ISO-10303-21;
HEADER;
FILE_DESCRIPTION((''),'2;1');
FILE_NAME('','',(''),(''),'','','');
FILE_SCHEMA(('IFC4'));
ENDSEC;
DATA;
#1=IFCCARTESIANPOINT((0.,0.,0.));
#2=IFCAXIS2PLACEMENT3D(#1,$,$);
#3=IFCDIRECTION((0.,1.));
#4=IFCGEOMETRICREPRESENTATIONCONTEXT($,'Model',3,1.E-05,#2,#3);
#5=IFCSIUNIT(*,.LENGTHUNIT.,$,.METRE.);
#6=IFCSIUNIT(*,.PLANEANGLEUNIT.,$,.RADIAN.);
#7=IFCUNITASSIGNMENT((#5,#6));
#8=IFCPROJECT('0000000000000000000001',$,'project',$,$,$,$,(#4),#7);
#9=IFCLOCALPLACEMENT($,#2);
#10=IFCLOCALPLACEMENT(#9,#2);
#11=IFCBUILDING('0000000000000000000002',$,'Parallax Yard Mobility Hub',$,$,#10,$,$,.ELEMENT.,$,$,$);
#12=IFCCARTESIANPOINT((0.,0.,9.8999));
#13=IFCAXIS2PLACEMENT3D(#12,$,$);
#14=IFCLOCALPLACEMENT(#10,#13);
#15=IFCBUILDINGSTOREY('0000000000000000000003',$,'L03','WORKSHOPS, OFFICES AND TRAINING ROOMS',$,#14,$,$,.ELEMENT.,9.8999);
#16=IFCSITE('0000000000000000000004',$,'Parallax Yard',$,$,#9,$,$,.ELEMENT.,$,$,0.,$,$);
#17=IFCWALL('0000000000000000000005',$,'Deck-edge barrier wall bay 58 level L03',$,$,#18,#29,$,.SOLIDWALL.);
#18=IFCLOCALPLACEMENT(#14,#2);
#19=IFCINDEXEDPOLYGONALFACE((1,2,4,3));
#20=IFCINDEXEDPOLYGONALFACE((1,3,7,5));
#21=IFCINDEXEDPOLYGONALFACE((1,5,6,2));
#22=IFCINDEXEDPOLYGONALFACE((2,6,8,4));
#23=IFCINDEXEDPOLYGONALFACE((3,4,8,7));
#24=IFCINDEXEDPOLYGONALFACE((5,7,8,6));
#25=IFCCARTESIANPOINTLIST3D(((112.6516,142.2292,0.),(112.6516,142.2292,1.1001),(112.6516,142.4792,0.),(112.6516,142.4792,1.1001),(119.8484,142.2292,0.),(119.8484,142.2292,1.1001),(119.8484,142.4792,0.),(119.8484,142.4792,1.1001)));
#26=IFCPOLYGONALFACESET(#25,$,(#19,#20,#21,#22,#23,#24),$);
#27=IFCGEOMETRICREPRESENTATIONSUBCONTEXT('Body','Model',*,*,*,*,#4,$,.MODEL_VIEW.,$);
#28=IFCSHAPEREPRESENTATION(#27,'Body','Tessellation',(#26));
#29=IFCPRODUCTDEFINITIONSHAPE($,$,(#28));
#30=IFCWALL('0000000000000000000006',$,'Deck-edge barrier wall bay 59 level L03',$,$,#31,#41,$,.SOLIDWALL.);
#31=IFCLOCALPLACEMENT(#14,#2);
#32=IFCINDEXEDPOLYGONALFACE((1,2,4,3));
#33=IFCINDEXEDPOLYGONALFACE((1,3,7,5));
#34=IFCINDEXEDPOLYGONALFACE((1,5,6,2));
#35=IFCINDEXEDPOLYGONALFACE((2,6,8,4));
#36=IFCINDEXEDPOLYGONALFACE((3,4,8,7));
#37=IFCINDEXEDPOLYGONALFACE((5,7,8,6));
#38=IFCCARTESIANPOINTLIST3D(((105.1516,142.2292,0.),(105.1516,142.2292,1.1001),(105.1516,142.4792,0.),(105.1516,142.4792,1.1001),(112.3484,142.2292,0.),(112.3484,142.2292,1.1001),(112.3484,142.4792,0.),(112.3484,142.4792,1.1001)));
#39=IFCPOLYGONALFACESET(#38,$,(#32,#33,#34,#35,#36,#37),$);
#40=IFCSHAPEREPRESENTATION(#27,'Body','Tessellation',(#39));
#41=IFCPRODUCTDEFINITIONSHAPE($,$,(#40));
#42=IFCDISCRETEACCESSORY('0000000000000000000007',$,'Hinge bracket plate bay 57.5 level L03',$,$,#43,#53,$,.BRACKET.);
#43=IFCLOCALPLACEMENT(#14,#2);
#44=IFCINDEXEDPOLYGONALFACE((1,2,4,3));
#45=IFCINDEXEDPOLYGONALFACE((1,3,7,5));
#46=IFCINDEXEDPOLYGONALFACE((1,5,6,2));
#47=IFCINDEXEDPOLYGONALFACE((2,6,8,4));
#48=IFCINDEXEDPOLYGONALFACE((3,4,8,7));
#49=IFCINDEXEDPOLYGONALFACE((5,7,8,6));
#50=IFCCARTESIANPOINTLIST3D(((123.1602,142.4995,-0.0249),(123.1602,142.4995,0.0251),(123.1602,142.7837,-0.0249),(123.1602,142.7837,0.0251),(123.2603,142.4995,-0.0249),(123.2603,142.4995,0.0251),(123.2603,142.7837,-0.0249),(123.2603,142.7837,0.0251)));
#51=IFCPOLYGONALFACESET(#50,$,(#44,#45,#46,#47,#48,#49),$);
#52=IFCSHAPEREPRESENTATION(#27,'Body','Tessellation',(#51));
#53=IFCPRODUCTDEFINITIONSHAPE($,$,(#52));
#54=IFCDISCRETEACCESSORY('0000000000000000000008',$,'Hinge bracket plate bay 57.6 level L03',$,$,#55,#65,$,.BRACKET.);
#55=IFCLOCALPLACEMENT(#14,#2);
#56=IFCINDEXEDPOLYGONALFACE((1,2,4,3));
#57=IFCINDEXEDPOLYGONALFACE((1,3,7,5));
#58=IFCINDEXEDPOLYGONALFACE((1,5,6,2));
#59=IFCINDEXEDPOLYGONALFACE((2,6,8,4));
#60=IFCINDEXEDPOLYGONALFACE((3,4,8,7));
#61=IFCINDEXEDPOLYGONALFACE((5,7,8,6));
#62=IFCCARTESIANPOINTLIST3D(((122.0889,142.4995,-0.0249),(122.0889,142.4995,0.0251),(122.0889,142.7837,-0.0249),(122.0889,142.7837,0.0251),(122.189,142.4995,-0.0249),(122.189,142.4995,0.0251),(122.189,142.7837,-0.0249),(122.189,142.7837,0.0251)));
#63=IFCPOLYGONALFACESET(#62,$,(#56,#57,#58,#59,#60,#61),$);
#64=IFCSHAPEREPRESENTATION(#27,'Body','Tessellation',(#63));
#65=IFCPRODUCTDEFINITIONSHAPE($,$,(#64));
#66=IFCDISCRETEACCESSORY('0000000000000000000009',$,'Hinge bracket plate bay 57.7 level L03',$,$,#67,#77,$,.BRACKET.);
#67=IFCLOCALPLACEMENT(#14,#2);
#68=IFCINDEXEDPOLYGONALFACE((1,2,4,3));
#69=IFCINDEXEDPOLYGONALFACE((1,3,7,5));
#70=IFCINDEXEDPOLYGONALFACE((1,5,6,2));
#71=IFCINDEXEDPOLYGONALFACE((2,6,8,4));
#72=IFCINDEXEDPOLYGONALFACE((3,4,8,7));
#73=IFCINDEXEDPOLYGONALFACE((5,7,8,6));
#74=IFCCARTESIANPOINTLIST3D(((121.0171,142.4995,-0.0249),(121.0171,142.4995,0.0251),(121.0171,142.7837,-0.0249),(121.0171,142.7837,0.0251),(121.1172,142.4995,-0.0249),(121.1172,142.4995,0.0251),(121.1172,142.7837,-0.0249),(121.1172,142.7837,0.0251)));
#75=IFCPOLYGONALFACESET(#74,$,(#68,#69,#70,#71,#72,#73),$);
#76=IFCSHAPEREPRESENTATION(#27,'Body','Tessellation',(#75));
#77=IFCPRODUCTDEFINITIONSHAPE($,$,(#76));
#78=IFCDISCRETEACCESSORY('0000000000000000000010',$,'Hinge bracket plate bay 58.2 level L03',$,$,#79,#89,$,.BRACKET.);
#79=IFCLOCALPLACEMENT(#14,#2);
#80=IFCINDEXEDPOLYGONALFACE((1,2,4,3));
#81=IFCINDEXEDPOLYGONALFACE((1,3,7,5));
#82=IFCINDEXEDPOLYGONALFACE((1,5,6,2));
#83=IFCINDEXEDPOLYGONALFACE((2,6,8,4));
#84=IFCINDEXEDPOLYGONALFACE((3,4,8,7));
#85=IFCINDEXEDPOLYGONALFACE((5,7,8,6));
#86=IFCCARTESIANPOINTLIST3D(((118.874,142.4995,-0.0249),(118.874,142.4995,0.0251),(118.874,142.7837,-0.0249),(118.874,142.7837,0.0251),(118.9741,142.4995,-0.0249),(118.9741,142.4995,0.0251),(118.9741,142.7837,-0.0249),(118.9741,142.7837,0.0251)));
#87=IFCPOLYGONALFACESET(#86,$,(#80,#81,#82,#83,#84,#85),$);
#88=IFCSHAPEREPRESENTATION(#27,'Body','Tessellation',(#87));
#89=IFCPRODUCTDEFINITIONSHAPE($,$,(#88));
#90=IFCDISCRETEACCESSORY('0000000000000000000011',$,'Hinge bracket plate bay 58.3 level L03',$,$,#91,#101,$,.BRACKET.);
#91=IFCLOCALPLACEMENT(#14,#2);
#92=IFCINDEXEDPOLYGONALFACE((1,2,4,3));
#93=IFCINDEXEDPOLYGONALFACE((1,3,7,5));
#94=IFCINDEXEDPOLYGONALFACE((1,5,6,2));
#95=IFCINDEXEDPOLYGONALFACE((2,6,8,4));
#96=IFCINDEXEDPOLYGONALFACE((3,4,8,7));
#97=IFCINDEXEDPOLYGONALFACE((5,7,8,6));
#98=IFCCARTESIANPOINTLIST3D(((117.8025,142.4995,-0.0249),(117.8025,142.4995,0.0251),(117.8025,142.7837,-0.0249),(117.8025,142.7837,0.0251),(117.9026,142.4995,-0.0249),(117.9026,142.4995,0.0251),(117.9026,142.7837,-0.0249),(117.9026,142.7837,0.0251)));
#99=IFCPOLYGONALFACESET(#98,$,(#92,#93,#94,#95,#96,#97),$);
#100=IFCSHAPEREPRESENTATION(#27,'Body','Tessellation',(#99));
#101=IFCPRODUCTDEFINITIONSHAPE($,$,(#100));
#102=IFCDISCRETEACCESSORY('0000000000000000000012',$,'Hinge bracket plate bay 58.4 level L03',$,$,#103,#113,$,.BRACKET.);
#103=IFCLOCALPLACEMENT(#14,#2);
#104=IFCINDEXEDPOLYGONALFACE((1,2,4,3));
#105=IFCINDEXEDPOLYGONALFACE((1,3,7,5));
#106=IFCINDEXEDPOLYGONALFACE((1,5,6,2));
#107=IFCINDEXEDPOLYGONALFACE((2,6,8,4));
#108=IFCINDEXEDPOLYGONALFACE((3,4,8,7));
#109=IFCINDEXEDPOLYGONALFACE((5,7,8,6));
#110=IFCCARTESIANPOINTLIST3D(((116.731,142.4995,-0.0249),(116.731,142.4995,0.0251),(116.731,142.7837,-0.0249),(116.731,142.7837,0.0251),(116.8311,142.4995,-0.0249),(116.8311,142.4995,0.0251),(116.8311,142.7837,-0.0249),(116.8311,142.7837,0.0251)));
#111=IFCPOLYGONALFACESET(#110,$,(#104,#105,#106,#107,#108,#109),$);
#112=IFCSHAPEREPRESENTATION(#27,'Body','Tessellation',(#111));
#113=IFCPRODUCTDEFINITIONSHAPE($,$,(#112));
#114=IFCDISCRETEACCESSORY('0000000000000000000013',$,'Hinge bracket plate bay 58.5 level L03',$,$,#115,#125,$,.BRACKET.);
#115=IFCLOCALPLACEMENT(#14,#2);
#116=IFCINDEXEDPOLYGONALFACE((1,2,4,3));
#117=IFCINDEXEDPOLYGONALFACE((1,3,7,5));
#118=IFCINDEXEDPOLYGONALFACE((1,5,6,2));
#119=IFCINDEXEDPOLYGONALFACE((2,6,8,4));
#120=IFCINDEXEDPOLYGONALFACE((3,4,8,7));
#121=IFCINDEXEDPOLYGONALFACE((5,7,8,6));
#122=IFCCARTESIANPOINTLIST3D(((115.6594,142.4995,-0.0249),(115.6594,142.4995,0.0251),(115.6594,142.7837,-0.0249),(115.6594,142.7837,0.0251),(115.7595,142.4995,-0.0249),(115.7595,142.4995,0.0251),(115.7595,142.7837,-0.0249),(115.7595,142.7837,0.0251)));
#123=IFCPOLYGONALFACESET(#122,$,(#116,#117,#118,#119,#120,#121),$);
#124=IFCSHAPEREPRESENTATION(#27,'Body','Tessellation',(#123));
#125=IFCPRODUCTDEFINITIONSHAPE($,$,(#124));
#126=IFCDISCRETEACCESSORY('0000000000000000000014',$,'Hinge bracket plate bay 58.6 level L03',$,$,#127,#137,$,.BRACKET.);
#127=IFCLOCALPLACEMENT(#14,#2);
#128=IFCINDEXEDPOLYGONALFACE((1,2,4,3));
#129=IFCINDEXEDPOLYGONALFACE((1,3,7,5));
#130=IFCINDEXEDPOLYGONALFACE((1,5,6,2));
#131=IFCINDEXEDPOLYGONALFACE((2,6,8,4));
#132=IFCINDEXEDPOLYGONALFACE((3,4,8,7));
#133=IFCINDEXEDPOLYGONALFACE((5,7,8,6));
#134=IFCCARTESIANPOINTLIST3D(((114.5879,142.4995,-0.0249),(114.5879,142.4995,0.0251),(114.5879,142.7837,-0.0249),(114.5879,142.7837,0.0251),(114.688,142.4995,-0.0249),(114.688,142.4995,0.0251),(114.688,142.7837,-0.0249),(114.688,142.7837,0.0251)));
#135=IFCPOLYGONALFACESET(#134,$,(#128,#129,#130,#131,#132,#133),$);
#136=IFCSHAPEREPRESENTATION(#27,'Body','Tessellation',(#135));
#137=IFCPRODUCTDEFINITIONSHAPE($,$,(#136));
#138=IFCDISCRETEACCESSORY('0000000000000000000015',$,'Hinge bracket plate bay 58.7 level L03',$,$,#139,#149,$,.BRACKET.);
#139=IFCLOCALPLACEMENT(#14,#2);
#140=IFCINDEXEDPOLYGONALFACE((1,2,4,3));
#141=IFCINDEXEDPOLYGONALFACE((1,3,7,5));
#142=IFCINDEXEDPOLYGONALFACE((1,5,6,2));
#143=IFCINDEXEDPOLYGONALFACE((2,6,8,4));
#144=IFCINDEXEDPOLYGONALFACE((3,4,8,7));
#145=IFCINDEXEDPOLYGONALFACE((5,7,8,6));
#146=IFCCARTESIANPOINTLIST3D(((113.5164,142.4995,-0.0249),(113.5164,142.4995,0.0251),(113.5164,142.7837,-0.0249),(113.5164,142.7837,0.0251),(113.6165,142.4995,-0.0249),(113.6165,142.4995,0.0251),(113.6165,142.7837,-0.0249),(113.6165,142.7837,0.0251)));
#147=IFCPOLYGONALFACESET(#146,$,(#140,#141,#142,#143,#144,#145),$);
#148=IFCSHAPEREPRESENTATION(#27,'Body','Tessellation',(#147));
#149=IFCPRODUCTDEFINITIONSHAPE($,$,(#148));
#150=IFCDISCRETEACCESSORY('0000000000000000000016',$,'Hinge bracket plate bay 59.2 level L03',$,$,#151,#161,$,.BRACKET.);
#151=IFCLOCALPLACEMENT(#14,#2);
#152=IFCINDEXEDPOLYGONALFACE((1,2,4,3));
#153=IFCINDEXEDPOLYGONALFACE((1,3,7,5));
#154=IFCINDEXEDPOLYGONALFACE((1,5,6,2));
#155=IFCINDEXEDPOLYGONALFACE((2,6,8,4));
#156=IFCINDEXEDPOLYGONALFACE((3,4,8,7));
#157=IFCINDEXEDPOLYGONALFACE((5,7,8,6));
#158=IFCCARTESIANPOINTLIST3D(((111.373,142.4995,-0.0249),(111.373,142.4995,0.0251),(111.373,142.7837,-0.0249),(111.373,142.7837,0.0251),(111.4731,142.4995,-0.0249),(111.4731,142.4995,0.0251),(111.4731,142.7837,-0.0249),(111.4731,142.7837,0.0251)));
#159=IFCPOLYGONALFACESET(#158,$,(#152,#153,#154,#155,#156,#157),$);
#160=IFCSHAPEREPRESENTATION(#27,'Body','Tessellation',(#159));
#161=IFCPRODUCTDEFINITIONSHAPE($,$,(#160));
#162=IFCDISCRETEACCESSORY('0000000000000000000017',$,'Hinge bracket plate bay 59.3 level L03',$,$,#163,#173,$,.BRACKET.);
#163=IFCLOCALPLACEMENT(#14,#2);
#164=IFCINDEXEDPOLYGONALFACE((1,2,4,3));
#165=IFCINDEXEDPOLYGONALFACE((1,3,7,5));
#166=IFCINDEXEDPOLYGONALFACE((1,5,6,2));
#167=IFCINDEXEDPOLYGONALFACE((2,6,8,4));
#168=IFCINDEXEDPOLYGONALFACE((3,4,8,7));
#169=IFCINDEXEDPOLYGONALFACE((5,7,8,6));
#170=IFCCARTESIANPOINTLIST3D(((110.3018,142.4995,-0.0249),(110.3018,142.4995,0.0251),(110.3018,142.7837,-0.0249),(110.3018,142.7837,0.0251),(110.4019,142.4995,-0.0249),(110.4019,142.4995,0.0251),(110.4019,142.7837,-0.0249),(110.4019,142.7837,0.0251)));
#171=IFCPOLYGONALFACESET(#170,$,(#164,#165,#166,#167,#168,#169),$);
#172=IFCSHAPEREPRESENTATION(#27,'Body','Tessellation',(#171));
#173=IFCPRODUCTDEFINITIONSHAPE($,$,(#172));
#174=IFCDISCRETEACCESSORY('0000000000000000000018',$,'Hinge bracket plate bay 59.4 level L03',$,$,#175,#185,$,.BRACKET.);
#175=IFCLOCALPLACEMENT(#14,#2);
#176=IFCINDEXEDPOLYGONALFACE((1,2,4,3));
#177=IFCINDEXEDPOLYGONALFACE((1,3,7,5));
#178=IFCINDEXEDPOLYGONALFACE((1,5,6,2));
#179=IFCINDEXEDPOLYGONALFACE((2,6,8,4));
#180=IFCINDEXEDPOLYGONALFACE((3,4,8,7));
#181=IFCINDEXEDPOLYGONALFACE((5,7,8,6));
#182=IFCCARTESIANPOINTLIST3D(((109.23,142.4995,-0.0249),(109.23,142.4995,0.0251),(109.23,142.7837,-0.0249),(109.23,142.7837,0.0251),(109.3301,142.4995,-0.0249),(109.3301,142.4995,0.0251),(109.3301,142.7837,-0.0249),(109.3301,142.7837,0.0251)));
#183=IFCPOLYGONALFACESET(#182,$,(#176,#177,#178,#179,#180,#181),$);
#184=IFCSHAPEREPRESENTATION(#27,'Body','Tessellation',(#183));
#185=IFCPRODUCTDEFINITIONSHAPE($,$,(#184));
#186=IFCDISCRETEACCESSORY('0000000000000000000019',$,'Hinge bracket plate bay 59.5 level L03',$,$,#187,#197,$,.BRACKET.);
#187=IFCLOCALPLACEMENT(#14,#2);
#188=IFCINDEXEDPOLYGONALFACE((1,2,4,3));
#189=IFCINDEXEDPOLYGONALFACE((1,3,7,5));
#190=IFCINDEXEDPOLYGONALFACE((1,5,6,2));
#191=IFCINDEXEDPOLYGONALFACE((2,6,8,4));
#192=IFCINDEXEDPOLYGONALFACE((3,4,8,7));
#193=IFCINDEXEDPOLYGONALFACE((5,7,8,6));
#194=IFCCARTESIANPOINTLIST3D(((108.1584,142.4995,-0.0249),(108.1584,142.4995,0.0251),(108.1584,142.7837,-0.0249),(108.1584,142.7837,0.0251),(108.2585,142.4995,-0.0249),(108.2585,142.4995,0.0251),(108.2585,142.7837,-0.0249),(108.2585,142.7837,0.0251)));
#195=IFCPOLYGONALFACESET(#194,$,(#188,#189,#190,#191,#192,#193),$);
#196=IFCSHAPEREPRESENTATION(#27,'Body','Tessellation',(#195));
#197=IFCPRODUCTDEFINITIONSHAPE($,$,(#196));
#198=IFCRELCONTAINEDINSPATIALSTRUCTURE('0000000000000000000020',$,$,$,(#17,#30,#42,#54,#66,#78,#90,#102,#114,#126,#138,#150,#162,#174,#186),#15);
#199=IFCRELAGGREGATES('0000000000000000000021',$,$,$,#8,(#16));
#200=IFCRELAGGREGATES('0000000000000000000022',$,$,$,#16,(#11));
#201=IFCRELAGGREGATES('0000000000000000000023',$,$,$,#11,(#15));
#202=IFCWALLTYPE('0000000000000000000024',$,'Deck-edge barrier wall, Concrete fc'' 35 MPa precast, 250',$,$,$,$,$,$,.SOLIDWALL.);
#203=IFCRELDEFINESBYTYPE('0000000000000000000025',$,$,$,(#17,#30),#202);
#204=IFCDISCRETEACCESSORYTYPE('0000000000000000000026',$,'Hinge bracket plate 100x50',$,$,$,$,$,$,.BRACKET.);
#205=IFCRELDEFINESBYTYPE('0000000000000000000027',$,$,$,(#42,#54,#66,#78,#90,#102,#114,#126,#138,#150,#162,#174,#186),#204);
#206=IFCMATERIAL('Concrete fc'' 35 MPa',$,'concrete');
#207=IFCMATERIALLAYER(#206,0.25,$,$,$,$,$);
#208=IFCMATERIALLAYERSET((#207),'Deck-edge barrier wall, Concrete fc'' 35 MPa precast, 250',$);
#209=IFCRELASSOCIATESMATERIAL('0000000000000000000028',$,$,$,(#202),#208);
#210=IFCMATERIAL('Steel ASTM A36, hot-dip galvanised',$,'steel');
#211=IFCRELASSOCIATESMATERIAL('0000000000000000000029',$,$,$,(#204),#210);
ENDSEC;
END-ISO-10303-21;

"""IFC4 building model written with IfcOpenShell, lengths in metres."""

from ifc_helpers import new_model, si_unit, direction, frame, frame_2d, origin, origin_2d, place, context, subcontext, project, spatial, rectangle, extrude, material, layer, layer_set, type_object, element, save


model = new_model("IFC4")

# Units and contexts
model_context = context("Model", 3, precision=1e-05, world=origin(), true_north=direction((0.0, 1.0)))
body_context = subcontext(model_context, "Body", "Model", "MODEL_VIEW")
ifc_project = project(units=[si_unit("LENGTHUNIT", "METRE"), si_unit("PLANEANGLEUNIT", "RADIAN")], contexts=[model_context])

# Site, building, storey
site_placement = place(None, origin())
site = spatial("IfcSite", under=ifc_project, at=site_placement, Name="Parallax Yard", CompositionType="ELEMENT", RefElevation=0.0)
building_placement = place(site_placement, origin())
building = spatial("IfcBuilding", under=site, at=building_placement, Name="Parallax Yard Mobility Hub", CompositionType="ELEMENT")
storey_placement = place(building_placement, frame((0.0, 0.0, 9.8999)))
storey = spatial("IfcBuildingStorey", under=building, at=storey_placement, Name="L03", Description="WORKSHOPS, OFFICES AND TRAINING ROOMS", CompositionType="ELEMENT", Elevation=9.8999)

# Walls
ifc_material_1 = material(Name="Concrete fc' 35 MPa", Category="concrete")
ifc_layer = layer(ifc_material_1, 0.25)
ifc_layer_set = layer_set([ifc_layer], Name="Deck-edge barrier wall, Concrete fc' 35 MPa precast, 250")
wall_type = type_object("IfcWallType", Name="Deck-edge barrier wall, Concrete fc' 35 MPa precast, 250", PredefinedType="SOLIDWALL", material=ifc_layer_set)
for number, where, z_axis, x_axis, name in (
    (1, (119.8484, 142.3542, 0.0), (0.0, 0.0, 1.0), (-1.0, 0.0, 0.0), "Deck-edge barrier wall bay 58 level L03"),
    (2, (112.3484, 142.3542, 0.0), (0.0, 0.0, 1.0), (-1.0, 0.0, 0.0), "Deck-edge barrier wall bay 59 level L03"),
):
    element("IfcWall", number, at=place(storey_placement, frame(where, z_axis=z_axis, x_axis=x_axis)), inside=storey, type_object=wall_type, Name=name, PredefinedType="SOLIDWALL", context=body_context, shape_type="SweptSolid", body=[
        extrude(rectangle(XDim=7.1968, YDim=0.25, at=frame_2d((3.5984, 0.0))), origin(), (0.0, 0.0, 1.0), 1.1001),
    ])

# Discrete accessories
ifc_material_2 = material(Name="Steel ASTM A36, hot-dip galvanised", Category="steel")
discrete_accessory_type = type_object("IfcDiscreteAccessoryType", Name="Hinge bracket plate 100x50", PredefinedType="BRACKET", material=ifc_material_2)
for number, where, z_axis, x_axis, name in (
    (3, (123.2102, 142.6416, -0.0249), (0.0, 0.0, 1.0), (0.0, 1.0, 0.0), "Hinge bracket plate bay 57.5 level L03"),
    (4, (122.1389, 142.6416, -0.0249), (0.0, 0.0, 1.0), (0.0, 1.0, 0.0), "Hinge bracket plate bay 57.6 level L03"),
    (5, (121.0671, 142.6416, -0.0249), (0.0, 0.0, 1.0), (0.0, 1.0, 0.0), "Hinge bracket plate bay 57.7 level L03"),
    (6, (118.9241, 142.6416, -0.0249), (0.0, 0.0, 1.0), (0.0, 1.0, 0.0), "Hinge bracket plate bay 58.2 level L03"),
    (7, (117.8525, 142.6416, -0.0249), (0.0, 0.0, 1.0), (0.0, 1.0, 0.0), "Hinge bracket plate bay 58.3 level L03"),
    (8, (116.781, 142.6416, -0.0249), (0.0, 0.0, 1.0), (0.0, 1.0, 0.0), "Hinge bracket plate bay 58.4 level L03"),
    (9, (115.7095, 142.6416, -0.0249), (0.0, 0.0, 1.0), (0.0, 1.0, 0.0), "Hinge bracket plate bay 58.5 level L03"),
    (10, (114.6379, 142.6416, -0.0249), (0.0, 0.0, 1.0), (0.0, 1.0, 0.0), "Hinge bracket plate bay 58.6 level L03"),
    (11, (113.5664, 142.6416, -0.0249), (0.0, 0.0, 1.0), (0.0, 1.0, 0.0), "Hinge bracket plate bay 58.7 level L03"),
    (12, (111.4231, 142.6416, -0.0249), (0.0, 0.0, 1.0), (0.0, 1.0, 0.0), "Hinge bracket plate bay 59.2 level L03"),
    (13, (110.3518, 142.6416, -0.0249), (0.0, 0.0, 1.0), (0.0, 1.0, 0.0), "Hinge bracket plate bay 59.3 level L03"),
    (14, (109.28, 142.6416, -0.0249), (0.0, 0.0, 1.0), (0.0, 1.0, 0.0), "Hinge bracket plate bay 59.4 level L03"),
    (15, (108.2085, 142.6416, -0.0249), (0.0, 0.0, 1.0), (0.0, 1.0, 0.0), "Hinge bracket plate bay 59.5 level L03"),
):
    element("IfcDiscreteAccessory", number, at=place(storey_placement, frame(where, z_axis=z_axis, x_axis=x_axis)), inside=storey, type_object=discrete_accessory_type, Name=name, PredefinedType="BRACKET", context=body_context, shape_type="SweptSolid", body=[
        extrude(rectangle(XDim=0.2842, YDim=0.1001, at=origin_2d()), origin(), (0.0, 0.0, 1.0), 0.05),
    ])

save(model, "model.ifc")
